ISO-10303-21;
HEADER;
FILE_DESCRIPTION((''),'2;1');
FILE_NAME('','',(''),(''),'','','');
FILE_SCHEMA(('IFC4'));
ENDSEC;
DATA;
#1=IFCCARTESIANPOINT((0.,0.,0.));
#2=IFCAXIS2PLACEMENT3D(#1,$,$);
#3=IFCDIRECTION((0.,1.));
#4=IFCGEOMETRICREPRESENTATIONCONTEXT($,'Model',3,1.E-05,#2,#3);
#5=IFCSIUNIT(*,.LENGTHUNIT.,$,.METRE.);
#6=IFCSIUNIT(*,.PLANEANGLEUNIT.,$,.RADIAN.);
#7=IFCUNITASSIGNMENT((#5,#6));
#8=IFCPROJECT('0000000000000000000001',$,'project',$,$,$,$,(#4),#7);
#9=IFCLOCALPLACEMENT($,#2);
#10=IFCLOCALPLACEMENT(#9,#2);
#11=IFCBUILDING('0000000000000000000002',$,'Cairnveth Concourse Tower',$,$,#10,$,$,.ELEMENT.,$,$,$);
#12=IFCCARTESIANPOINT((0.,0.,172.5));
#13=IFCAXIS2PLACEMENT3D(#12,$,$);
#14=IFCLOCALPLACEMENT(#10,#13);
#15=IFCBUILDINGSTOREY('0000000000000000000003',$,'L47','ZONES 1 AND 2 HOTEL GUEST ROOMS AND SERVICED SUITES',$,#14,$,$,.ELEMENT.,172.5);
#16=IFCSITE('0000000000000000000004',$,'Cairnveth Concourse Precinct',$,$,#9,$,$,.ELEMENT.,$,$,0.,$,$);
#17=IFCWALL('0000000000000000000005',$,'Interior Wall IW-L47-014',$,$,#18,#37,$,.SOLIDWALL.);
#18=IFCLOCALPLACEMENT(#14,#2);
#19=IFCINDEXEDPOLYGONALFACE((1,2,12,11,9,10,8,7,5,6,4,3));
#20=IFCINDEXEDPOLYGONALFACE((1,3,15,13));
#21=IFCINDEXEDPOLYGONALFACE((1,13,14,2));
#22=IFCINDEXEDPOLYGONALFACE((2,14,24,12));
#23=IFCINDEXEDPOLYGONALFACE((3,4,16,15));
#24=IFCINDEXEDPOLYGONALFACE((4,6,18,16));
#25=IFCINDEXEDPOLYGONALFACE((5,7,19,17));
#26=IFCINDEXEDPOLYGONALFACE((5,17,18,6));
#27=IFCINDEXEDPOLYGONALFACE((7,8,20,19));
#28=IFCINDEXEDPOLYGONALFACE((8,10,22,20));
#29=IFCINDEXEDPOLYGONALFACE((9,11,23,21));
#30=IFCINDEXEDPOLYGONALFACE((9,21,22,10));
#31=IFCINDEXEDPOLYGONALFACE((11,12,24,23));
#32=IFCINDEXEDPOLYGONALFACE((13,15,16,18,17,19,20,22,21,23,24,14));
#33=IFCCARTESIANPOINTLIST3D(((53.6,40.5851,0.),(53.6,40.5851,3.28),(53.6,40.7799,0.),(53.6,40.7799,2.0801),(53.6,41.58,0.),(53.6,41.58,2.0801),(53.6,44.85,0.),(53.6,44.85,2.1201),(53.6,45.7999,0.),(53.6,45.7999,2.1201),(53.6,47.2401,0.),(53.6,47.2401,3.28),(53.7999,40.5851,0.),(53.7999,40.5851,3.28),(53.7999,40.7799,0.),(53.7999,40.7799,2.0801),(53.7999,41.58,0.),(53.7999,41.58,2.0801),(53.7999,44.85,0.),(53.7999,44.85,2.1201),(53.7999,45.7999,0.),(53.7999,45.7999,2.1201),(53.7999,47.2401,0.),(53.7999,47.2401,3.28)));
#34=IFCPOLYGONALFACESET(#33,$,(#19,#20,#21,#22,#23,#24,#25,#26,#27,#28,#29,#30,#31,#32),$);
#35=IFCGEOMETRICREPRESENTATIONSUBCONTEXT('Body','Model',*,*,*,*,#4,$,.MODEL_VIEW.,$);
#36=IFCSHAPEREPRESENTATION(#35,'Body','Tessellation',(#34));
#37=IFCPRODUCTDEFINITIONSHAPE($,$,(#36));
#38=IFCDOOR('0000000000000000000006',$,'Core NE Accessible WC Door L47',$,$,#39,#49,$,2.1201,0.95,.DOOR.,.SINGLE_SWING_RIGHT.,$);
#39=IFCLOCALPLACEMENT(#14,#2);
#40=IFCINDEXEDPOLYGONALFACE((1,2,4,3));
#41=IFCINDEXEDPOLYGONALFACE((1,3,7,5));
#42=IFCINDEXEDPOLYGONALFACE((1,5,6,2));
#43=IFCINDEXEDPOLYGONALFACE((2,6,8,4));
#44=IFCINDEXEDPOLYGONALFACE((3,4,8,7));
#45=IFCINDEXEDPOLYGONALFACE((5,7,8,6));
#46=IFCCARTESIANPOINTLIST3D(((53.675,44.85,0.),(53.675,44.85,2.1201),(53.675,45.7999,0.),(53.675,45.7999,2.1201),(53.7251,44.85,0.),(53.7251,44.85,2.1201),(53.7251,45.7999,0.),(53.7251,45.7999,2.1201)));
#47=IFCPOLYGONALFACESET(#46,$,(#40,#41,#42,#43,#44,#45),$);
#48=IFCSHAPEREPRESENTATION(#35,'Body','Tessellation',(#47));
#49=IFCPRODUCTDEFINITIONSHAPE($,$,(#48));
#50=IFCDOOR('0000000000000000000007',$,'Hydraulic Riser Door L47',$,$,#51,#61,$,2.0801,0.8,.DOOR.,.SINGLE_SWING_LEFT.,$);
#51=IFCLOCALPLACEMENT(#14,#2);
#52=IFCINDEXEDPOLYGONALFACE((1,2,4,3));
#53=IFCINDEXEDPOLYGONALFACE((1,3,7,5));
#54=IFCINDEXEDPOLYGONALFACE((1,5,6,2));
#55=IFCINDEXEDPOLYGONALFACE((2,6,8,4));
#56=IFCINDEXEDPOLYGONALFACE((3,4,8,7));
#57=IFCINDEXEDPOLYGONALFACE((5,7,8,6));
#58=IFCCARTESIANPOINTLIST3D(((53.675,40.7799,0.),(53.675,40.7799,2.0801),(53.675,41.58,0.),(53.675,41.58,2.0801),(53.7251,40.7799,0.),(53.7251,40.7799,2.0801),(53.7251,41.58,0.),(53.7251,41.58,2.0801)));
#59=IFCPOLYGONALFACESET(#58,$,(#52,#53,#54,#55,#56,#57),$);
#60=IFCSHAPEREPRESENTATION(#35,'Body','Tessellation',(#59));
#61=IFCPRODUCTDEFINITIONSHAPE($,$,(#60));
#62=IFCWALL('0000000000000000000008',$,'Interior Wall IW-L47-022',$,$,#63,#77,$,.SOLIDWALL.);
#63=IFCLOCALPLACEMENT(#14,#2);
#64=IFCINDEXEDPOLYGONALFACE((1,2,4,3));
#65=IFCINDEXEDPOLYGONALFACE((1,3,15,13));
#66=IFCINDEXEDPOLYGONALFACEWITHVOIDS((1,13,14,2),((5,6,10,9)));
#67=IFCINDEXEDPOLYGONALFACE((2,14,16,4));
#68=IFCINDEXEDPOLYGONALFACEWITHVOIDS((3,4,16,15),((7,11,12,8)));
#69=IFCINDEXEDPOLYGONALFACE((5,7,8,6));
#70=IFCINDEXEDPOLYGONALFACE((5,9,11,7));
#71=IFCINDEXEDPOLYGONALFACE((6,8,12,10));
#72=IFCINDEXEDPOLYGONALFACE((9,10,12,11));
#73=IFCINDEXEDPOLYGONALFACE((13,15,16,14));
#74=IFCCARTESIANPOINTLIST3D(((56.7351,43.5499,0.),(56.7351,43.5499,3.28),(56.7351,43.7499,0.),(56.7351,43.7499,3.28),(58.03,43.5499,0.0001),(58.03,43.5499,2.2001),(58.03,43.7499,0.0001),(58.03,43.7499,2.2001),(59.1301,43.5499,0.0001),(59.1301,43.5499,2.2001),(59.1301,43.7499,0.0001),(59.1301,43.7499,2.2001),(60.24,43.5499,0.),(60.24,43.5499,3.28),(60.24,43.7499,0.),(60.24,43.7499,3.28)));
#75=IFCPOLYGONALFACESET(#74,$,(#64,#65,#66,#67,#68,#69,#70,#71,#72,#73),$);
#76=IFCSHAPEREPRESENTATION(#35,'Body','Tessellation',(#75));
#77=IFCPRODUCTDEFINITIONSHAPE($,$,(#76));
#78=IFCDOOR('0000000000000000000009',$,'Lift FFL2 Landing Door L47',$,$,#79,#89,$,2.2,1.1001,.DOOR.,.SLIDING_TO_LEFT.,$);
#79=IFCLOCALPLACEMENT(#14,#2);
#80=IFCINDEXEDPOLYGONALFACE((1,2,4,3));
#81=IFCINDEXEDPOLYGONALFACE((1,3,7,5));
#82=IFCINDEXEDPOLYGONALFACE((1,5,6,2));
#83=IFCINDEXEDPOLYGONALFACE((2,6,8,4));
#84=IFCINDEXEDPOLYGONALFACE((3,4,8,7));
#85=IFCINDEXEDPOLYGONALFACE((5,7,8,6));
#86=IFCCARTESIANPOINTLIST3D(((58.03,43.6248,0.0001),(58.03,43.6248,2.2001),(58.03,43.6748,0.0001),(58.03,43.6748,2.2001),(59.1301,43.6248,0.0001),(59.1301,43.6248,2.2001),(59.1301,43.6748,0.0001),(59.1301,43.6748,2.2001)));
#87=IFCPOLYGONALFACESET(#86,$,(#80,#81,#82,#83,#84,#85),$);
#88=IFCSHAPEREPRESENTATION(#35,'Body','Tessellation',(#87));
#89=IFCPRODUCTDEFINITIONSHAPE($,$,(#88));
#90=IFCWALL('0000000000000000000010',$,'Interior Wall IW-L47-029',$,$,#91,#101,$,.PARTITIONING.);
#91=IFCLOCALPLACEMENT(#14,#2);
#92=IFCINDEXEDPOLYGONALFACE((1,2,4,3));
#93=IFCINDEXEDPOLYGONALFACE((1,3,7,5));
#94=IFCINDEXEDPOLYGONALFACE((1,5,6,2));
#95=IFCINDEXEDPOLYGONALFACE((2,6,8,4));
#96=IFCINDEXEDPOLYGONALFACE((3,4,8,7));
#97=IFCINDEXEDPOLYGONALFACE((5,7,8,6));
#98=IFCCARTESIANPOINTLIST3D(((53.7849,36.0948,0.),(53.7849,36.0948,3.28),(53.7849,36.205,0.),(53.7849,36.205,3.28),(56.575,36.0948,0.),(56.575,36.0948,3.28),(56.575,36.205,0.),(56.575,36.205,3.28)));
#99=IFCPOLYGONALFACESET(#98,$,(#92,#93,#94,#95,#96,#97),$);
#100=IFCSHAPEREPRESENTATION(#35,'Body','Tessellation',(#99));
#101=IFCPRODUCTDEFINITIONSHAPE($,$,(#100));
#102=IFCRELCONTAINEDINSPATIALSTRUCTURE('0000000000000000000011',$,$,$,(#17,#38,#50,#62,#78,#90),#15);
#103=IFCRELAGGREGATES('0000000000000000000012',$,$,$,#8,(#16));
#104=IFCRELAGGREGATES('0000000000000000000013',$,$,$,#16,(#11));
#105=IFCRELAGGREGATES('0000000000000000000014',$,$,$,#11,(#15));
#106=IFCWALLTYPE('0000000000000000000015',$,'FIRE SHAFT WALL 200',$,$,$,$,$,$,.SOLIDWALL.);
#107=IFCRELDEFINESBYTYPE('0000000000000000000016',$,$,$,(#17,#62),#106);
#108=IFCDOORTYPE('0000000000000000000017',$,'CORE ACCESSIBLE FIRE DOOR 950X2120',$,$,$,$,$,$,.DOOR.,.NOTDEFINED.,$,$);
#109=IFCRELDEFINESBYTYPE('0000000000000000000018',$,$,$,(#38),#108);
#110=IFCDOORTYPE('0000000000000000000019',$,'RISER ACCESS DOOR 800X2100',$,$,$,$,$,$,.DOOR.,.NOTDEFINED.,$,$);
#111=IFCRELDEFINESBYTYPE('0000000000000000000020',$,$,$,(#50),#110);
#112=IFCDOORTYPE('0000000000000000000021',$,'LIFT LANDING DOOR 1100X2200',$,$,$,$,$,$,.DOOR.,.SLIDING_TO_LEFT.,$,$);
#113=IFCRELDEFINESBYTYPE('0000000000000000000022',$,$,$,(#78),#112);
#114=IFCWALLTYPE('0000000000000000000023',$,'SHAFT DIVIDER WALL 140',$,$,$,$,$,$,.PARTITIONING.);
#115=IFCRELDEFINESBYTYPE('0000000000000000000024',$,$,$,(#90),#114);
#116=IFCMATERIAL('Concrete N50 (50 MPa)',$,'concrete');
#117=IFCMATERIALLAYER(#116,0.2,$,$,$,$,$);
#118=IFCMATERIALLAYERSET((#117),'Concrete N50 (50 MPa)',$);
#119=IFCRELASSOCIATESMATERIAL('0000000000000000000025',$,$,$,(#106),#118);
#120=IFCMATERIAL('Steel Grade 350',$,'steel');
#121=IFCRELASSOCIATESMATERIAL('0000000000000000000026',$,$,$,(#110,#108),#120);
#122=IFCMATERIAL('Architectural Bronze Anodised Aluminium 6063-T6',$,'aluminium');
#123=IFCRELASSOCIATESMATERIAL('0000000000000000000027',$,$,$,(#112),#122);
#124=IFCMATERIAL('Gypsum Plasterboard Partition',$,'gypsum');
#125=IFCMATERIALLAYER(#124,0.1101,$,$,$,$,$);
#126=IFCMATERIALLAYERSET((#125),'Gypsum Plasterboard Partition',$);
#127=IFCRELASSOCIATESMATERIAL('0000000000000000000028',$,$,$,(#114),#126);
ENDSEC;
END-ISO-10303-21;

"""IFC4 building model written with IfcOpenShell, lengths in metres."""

from ifc_helpers import new_model, si_unit, direction, frame, frame_2d, origin, place, context, subcontext, project, spatial, rectangle, extrude, material, layer, layer_set, type_object, element, fill, save


model = new_model("IFC4")

# Units and contexts
model_context = context("Model", 3, precision=1e-05, world=origin(), true_north=direction((0.0, 1.0)))
body_context = subcontext(model_context, "Body", "Model", "MODEL_VIEW")
ifc_project = project(units=[si_unit("LENGTHUNIT", "METRE"), si_unit("PLANEANGLEUNIT", "RADIAN")], contexts=[model_context])

# Site, building, storey
site_placement = place(None, origin())
site = spatial("IfcSite", under=ifc_project, at=site_placement, Name="Cairnveth Concourse Precinct", CompositionType="ELEMENT", RefElevation=0.0)
building_placement = place(site_placement, origin())
building = spatial("IfcBuilding", under=site, at=building_placement, Name="Cairnveth Concourse Tower", CompositionType="ELEMENT")
storey_placement = place(building_placement, frame((0.0, 0.0, 172.5)))
storey = spatial("IfcBuildingStorey", under=building, at=storey_placement, Name="L47", Description="ZONES 1 AND 2 HOTEL GUEST ROOMS AND SERVICED SUITES", CompositionType="ELEMENT", Elevation=172.5)

# Shared definitions
ifc_material_1 = material(Name="Steel Grade 350", Category="steel")

# Shared definitions
ifc_material_2 = material(Name="Concrete N50 (50 MPa)", Category="concrete")

# Shared definitions
ifc_layer_1 = layer(ifc_material_2, 0.2)
ifc_layer_set_1 = layer_set([ifc_layer_1], Name="Concrete N50 (50 MPa)")
wall_type_1 = type_object("IfcWallType", Name="FIRE SHAFT WALL 200", PredefinedType="SOLIDWALL", material=ifc_layer_set_1)

# Shared definitions
door_type_1 = type_object("IfcDoorType", Name="RISER ACCESS DOOR 800X2100", OperationType="NOTDEFINED", PredefinedType="DOOR", material=ifc_material_1)

# Wall, openings, doors
wall_1_placement = place(storey_placement, frame((53.7, 40.585, 0.0), z_axis=(0.0, 0.0, 1.0), x_axis=(0.0, 1.0, 0.0)))
wall_1 = element("IfcWall", 1, at=wall_1_placement, inside=storey, type_object=wall_type_1, Name="Interior Wall IW-L47-014", PredefinedType="SOLIDWALL", context=body_context, shape_type="SweptSolid", body=[
    extrude(rectangle(XDim=6.655, YDim=0.2, at=frame_2d((3.3276, 0.0))), origin(), (0.0, 0.0, 1.0), 3.28),
])
opening_1_placement = place(wall_1_placement, frame((0.1951, 0.0, 0.0)))
opening_1 = element("IfcOpeningElement", 2, at=opening_1_placement, cuts=wall_1, PredefinedType="OPENING", context=body_context, shape_type="SweptSolid", body=[
    extrude(rectangle(XDim=0.8, YDim=2.0801, at=frame_2d((0.3999, 1.04))), frame((0.0, 0.1099, 0.0), z_axis=(0.0, -1.0, 0.0), x_axis=(1.0, 0.0, 0.0)), (0.0, 0.0, 1.0), 0.22),
])
opening_2_placement = place(wall_1_placement, frame((4.2649, 0.0, 0.0)))
opening_2 = element("IfcOpeningElement", 3, at=opening_2_placement, cuts=wall_1, PredefinedType="OPENING", context=body_context, shape_type="SweptSolid", body=[
    extrude(rectangle(XDim=0.95, YDim=2.1201, at=frame_2d((0.4751, 1.0601))), frame((0.0, 0.1099, 0.0), z_axis=(0.0, -1.0, 0.0), x_axis=(1.0, 0.0, 0.0)), (0.0, 0.0, 1.0), 0.22),
])
door_type_2 = type_object("IfcDoorType", Name="CORE ACCESSIBLE FIRE DOOR 950X2120", OperationType="NOTDEFINED", PredefinedType="DOOR", material=ifc_material_1)
door_1_placement = place(opening_2_placement, origin())
door_1 = element("IfcDoor", 4, at=door_1_placement, inside=storey, type_object=door_type_2, Name="Core NE Accessible WC Door L47", OperationType="SINGLE_SWING_RIGHT", OverallHeight=2.1201, OverallWidth=0.95, PredefinedType="DOOR", context=body_context, shape_type="SweptSolid", body=[
    extrude(rectangle(XDim=0.95, YDim=2.1201, at=frame_2d((0.4751, 1.0601))), frame((0.0, 0.0249, 0.0), z_axis=(0.0, -1.0, 0.0), x_axis=(1.0, 0.0, 0.0)), (0.0, 0.0, 1.0), 0.05),
])
fill(opening_2, door_1)
door_2_placement = place(opening_1_placement, origin())
door_2 = element("IfcDoor", 5, at=door_2_placement, inside=storey, type_object=door_type_1, Name="Hydraulic Riser Door L47", OperationType="SINGLE_SWING_LEFT", OverallHeight=2.0801, OverallWidth=0.8, PredefinedType="DOOR", context=body_context, shape_type="SweptSolid", body=[
    extrude(rectangle(XDim=0.8, YDim=2.0801, at=frame_2d((0.3999, 1.04))), frame((0.0, 0.0249, 0.0), z_axis=(0.0, -1.0, 0.0), x_axis=(1.0, 0.0, 0.0)), (0.0, 0.0, 1.0), 0.05),
])
fill(opening_1, door_2)

# Wall, opening, door
wall_2_placement = place(storey_placement, frame((56.7351, 43.6499, 0.0), z_axis=(0.0, 0.0, 1.0), x_axis=(1.0, 0.0, 0.0)))
wall_2 = element("IfcWall", 6, at=wall_2_placement, inside=storey, type_object=wall_type_1, Name="Interior Wall IW-L47-022", PredefinedType="SOLIDWALL", context=body_context, shape_type="SweptSolid", body=[
    extrude(rectangle(XDim=3.5049, YDim=0.2, at=frame_2d((1.7524, 0.0))), origin(), (0.0, 0.0, 1.0), 3.28),
])
opening_3_placement = place(wall_2_placement, frame((1.2949, 0.0, 0.0)))
opening_3 = element("IfcOpeningElement", 7, at=opening_3_placement, cuts=wall_2, PredefinedType="OPENING", context=body_context, shape_type="SweptSolid", body=[
    extrude(rectangle(XDim=1.1001, YDim=2.2, at=frame_2d((0.55, 1.1001))), frame((0.0, 0.1099, 0.0), z_axis=(0.0, -1.0, 0.0), x_axis=(1.0, 0.0, 0.0)), (0.0, 0.0, 1.0), 0.22),
])
ifc_material_3 = material(Name="Architectural Bronze Anodised Aluminium 6063-T6", Category="aluminium")
door_type_3 = type_object("IfcDoorType", Name="LIFT LANDING DOOR 1100X2200", OperationType="SLIDING_TO_LEFT", PredefinedType="DOOR", material=ifc_material_3)
door_3_placement = place(opening_3_placement, origin())
door_3 = element("IfcDoor", 8, at=door_3_placement, inside=storey, type_object=door_type_3, Name="Lift FFL2 Landing Door L47", OperationType="SLIDING_TO_LEFT", OverallHeight=2.2, OverallWidth=1.1001, PredefinedType="DOOR", context=body_context, shape_type="SweptSolid", body=[
    extrude(rectangle(XDim=1.1001, YDim=2.2, at=frame_2d((0.55, 1.1001))), frame((0.0, 0.0249, 0.0), z_axis=(0.0, -1.0, 0.0), x_axis=(1.0, 0.0, 0.0)), (0.0, 0.0, 1.0), 0.05),
])
fill(opening_3, door_3)

# Wall
ifc_material_4 = material(Name="Gypsum Plasterboard Partition", Category="gypsum")
ifc_layer_2 = layer(ifc_material_4, 0.1101)
ifc_layer_set_2 = layer_set([ifc_layer_2], Name="Gypsum Plasterboard Partition")
wall_type_2 = type_object("IfcWallType", Name="SHAFT DIVIDER WALL 140", PredefinedType="PARTITIONING", material=ifc_layer_set_2)
wall_3_placement = place(storey_placement, frame((53.7849, 36.1499, 0.0), z_axis=(0.0, 0.0, 1.0), x_axis=(1.0, 0.0, 0.0)))
element("IfcWall", 9, at=wall_3_placement, inside=storey, type_object=wall_type_2, Name="Interior Wall IW-L47-029", PredefinedType="PARTITIONING", context=body_context, shape_type="SweptSolid", body=[
    extrude(rectangle(XDim=2.79, YDim=0.1101, at=frame_2d((1.395, 0.0))), origin(), (0.0, 0.0, 1.0), 3.28),
])

save(model, "model.ifc")
